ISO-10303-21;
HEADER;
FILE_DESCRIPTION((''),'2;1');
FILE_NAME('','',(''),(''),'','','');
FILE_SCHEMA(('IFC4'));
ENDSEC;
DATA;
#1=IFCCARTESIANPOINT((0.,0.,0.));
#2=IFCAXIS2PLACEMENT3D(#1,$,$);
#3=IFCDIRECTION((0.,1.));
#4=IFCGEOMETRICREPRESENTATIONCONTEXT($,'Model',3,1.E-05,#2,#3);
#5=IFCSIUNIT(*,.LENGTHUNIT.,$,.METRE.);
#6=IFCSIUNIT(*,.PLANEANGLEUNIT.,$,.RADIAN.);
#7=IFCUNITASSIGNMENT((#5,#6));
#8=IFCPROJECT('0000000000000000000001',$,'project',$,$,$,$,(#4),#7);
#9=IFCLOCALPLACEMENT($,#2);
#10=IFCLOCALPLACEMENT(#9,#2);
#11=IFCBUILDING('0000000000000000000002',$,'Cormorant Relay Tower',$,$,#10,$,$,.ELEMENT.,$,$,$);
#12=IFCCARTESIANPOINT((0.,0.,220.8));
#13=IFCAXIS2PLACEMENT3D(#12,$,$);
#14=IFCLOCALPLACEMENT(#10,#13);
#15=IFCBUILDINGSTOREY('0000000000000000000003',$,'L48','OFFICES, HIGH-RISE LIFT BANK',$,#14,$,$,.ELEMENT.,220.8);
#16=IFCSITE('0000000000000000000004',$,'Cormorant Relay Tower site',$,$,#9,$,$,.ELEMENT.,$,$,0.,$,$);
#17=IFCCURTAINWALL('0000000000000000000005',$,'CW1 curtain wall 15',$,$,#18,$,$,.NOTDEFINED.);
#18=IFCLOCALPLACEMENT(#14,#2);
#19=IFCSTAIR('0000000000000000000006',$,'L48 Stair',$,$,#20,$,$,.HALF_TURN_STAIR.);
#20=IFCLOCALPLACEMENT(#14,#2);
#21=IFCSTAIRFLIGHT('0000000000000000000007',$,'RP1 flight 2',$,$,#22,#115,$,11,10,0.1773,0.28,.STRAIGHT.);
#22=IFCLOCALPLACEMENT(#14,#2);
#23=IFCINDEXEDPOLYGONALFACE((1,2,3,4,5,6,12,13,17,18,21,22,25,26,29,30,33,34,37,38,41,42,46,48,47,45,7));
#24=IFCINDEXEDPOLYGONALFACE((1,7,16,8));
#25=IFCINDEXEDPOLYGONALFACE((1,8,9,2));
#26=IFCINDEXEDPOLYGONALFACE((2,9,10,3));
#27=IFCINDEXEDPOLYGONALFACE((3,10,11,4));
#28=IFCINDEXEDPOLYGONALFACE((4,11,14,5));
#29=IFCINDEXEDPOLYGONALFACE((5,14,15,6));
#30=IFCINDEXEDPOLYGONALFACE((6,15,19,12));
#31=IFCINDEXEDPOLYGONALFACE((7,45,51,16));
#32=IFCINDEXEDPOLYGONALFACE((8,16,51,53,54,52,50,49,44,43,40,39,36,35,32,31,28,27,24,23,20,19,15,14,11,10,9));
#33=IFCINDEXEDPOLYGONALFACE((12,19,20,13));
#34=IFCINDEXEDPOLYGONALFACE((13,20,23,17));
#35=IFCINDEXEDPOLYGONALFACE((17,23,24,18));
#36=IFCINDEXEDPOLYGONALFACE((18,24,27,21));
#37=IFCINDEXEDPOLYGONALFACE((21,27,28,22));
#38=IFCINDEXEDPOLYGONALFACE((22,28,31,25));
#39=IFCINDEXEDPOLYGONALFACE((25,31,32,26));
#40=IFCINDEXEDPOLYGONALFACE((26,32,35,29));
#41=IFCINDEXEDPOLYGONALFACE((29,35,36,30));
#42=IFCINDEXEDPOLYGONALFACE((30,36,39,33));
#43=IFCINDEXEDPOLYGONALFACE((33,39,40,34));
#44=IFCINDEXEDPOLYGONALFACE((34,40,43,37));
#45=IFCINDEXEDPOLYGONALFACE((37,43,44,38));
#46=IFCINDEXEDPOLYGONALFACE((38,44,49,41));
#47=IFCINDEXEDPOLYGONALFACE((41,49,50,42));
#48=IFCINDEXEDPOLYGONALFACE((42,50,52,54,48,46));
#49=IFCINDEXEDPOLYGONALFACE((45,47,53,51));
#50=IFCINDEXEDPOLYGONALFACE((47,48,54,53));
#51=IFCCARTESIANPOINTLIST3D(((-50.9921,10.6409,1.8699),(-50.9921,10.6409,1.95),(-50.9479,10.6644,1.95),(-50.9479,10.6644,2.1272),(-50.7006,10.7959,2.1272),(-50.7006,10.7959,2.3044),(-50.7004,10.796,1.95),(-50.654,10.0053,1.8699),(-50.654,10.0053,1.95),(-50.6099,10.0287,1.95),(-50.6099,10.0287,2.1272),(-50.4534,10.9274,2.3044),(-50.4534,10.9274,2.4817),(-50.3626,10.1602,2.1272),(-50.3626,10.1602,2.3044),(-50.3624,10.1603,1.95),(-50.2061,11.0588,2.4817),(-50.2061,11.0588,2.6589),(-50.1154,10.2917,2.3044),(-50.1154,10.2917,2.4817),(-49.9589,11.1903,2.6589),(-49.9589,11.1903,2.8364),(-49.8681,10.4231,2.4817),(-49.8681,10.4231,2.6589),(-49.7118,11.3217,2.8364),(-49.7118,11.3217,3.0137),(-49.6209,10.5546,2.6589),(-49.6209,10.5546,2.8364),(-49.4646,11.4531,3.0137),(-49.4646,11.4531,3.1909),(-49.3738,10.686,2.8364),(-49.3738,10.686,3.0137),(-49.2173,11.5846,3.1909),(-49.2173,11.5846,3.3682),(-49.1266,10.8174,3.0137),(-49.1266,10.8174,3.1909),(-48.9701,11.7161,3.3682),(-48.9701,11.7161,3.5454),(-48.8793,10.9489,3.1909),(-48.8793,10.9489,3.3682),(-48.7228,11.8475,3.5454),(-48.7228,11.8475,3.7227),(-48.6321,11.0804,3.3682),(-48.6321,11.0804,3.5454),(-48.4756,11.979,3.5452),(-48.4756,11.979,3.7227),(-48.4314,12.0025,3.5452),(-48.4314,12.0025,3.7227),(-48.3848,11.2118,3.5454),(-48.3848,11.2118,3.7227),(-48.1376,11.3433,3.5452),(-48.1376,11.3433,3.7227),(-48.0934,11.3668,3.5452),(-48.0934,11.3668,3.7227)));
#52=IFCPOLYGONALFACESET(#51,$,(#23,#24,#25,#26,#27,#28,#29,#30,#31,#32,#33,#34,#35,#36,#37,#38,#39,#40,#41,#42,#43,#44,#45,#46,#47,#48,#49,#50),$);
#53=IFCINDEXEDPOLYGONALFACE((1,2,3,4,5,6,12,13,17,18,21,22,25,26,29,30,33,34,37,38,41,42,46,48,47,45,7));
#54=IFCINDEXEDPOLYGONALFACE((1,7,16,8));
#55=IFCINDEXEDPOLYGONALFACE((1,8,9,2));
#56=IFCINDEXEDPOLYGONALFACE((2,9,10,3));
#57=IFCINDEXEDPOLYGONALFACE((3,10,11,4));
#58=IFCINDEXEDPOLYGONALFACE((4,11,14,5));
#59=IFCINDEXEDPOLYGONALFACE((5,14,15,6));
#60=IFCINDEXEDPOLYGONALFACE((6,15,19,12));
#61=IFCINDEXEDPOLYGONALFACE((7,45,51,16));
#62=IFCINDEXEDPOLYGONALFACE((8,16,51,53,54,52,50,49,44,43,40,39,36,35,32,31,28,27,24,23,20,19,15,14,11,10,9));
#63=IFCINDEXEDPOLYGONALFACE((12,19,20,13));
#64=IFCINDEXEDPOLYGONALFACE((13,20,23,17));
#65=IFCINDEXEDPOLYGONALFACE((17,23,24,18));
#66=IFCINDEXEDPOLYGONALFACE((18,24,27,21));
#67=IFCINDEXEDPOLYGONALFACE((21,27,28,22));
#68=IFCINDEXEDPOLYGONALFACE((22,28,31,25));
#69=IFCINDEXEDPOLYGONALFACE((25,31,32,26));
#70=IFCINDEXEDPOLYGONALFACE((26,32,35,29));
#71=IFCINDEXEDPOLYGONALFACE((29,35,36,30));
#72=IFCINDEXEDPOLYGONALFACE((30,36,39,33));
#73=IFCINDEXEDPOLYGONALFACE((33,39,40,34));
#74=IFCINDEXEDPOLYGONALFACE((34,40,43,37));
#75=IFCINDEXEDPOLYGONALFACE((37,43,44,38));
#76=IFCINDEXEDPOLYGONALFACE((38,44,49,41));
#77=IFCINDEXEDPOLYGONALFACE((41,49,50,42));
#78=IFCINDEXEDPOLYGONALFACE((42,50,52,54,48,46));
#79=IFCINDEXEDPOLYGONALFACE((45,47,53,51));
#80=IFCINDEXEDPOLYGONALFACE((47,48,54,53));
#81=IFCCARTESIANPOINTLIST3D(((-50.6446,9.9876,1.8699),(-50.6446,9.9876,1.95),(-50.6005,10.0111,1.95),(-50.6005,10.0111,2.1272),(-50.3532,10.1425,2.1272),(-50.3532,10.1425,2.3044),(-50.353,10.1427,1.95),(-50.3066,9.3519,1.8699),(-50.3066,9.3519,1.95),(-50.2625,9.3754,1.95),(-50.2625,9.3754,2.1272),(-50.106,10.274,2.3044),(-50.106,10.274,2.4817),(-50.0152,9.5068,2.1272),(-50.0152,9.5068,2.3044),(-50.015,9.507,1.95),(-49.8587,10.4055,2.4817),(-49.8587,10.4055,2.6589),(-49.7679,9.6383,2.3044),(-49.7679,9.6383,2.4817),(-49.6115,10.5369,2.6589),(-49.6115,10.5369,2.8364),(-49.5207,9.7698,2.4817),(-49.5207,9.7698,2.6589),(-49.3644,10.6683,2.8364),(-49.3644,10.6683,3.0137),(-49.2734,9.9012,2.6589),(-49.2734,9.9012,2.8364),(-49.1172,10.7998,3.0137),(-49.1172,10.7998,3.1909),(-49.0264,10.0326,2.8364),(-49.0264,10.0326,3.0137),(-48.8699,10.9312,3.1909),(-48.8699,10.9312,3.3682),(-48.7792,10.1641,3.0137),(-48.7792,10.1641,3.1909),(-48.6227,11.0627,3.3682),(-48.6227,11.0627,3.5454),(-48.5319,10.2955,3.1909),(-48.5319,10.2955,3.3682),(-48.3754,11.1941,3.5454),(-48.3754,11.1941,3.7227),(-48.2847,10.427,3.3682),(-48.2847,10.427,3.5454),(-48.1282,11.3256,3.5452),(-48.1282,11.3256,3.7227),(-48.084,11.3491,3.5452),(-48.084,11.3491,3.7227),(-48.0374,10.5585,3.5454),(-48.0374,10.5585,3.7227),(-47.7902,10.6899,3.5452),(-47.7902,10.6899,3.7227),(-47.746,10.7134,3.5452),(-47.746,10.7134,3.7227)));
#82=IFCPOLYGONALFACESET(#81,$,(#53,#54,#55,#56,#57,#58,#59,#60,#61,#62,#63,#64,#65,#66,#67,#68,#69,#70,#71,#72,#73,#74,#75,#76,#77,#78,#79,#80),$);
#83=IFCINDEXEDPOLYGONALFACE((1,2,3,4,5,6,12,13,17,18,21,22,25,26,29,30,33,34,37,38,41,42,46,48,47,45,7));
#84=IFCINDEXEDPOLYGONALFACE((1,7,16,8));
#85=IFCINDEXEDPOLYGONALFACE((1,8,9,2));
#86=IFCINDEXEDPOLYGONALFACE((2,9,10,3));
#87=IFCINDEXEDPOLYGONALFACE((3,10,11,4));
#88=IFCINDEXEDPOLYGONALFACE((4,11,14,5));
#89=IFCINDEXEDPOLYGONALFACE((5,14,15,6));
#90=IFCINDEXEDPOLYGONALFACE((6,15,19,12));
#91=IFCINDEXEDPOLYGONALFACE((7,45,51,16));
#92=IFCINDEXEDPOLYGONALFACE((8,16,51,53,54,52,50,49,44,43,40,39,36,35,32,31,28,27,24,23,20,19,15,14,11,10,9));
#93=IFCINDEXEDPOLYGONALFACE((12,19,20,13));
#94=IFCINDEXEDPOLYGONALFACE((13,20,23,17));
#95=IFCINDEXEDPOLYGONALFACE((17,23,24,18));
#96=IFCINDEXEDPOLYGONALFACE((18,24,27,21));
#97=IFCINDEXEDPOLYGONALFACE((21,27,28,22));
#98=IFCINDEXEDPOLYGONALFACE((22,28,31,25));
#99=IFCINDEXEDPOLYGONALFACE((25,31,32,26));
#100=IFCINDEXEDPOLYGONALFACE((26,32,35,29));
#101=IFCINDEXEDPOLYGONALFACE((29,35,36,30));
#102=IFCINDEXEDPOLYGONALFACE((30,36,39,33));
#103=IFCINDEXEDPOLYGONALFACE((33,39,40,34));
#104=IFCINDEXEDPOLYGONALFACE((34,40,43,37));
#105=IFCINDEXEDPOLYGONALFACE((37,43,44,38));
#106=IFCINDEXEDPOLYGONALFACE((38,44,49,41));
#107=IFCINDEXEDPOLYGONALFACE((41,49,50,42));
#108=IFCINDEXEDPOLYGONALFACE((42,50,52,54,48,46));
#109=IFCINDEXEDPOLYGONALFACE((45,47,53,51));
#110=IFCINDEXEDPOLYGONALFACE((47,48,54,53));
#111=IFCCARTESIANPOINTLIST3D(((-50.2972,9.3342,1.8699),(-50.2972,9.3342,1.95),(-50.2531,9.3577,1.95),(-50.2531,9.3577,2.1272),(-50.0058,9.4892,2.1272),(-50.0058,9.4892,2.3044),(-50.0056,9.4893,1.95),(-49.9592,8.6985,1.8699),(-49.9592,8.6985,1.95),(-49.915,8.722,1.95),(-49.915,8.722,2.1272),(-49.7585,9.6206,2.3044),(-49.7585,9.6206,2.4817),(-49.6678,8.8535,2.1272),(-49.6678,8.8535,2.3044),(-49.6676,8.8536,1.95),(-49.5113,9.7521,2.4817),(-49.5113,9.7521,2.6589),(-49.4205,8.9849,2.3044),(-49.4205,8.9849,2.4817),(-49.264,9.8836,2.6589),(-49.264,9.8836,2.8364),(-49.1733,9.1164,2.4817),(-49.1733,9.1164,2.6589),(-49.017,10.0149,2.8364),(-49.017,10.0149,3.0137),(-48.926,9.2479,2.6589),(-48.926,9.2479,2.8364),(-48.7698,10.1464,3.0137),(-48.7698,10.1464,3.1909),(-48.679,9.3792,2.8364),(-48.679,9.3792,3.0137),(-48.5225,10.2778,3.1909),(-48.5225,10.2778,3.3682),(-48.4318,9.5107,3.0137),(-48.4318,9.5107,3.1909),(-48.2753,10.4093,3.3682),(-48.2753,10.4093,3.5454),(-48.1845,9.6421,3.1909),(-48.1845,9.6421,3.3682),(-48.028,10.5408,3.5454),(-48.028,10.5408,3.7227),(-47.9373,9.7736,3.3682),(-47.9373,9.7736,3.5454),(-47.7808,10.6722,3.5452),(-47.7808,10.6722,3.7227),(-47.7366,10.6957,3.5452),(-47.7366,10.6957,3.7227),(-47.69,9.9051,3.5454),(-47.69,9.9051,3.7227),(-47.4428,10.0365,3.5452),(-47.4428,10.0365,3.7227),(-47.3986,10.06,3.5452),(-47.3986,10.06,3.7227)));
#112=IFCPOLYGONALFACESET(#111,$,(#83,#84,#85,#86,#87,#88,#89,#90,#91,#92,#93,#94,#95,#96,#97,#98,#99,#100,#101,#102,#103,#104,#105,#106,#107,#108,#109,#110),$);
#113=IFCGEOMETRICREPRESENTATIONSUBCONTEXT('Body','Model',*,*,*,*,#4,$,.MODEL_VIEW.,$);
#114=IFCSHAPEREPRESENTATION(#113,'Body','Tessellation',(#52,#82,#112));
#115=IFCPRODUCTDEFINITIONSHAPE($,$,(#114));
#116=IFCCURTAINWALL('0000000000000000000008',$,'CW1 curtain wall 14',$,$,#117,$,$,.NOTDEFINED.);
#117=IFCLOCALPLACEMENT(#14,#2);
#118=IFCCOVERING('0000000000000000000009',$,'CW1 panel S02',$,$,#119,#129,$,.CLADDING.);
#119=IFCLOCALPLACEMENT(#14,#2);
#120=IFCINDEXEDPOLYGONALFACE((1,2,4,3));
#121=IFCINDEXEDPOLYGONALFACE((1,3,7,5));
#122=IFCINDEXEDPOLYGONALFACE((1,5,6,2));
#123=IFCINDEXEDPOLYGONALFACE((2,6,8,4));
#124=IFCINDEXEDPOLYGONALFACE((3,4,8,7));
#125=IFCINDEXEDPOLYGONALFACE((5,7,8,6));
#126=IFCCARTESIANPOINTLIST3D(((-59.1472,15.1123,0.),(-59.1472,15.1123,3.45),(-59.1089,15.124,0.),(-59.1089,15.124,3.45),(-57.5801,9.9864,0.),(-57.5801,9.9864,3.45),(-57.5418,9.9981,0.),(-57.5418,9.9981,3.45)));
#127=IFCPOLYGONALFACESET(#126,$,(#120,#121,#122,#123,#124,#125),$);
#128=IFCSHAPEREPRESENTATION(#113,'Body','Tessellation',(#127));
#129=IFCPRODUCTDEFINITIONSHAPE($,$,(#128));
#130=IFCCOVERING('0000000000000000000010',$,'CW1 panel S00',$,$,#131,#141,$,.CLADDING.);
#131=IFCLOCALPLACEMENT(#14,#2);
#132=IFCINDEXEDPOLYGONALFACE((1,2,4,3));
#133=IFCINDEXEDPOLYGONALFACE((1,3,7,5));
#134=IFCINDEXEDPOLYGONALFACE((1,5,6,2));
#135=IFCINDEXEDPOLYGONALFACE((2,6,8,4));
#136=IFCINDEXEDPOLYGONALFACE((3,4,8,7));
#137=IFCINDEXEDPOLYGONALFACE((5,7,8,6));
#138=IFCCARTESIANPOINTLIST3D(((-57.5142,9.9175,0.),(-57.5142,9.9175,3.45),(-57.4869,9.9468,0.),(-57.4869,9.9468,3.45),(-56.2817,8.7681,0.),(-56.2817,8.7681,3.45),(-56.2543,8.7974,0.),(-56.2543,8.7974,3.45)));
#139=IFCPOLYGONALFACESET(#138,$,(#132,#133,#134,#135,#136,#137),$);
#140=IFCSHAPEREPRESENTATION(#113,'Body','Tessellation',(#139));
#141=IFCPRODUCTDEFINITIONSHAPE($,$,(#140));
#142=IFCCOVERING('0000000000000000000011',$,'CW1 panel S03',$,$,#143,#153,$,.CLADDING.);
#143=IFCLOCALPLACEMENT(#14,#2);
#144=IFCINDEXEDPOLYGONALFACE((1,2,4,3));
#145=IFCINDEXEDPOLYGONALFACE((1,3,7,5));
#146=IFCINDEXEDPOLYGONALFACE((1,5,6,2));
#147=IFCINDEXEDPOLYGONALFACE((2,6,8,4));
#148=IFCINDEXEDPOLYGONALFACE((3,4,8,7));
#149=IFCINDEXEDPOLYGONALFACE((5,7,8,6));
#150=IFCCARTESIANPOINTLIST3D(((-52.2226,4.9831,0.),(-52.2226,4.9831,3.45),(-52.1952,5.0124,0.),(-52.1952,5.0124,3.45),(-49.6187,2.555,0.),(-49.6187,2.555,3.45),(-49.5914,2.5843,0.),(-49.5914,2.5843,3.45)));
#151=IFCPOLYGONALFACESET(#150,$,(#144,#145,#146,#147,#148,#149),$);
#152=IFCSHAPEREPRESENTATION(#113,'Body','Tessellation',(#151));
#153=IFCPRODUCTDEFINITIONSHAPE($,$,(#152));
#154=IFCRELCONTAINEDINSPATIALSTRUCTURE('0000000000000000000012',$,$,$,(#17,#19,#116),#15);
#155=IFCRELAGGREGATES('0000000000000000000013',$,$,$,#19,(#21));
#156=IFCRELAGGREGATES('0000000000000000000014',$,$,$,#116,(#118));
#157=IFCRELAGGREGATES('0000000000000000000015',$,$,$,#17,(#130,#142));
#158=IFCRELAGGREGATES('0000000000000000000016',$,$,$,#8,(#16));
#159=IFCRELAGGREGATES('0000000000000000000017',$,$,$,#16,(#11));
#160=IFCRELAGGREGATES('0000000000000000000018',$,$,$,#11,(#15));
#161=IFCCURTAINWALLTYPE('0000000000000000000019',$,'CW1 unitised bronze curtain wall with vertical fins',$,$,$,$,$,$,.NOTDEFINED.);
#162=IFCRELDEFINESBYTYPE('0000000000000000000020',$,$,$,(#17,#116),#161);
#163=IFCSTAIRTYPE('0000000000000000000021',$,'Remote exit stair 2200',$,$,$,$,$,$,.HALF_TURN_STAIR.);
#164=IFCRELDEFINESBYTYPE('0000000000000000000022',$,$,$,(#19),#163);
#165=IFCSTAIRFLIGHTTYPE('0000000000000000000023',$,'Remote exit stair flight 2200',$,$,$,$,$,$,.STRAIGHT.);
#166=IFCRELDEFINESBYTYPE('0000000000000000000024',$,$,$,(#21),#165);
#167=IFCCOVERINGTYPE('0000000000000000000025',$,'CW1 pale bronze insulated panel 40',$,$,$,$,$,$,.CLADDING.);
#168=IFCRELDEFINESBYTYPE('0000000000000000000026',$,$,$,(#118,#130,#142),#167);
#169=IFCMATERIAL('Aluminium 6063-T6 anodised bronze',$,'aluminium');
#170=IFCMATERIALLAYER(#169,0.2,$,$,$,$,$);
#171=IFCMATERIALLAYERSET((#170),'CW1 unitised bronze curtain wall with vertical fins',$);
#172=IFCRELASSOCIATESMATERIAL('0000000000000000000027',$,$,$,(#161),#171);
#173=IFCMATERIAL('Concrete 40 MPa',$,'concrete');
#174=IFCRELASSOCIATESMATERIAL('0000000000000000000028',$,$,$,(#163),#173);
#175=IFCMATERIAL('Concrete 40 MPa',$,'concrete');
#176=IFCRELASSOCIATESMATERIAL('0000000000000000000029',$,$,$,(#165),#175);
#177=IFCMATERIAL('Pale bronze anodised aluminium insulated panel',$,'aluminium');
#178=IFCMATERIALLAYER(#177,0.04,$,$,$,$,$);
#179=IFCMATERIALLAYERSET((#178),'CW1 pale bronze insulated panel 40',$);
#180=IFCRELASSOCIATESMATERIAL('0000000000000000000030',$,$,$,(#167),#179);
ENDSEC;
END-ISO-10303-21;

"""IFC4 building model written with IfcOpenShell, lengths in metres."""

from ifc_helpers import new_model, si_unit, direction, frame, origin, origin_2d, place, context, subcontext, project, spatial, polyline, rectangle, outline, extrude, material, layer, layer_set, type_object, element, aggregate, save


model = new_model("IFC4")

# Units and contexts
model_context = context("Model", 3, precision=1e-05, world=origin(), true_north=direction((0.0, 1.0)))
body_context = subcontext(model_context, "Body", "Model", "MODEL_VIEW")
ifc_project = project(units=[si_unit("LENGTHUNIT", "METRE"), si_unit("PLANEANGLEUNIT", "RADIAN")], contexts=[model_context])

# Site, building, storey
site_placement = place(None, origin())
site = spatial("IfcSite", under=ifc_project, at=site_placement, Name="Cormorant Relay Tower site", CompositionType="ELEMENT", RefElevation=0.0)
building_placement = place(site_placement, origin())
building = spatial("IfcBuilding", under=site, at=building_placement, Name="Cormorant Relay Tower", CompositionType="ELEMENT")
storey_placement = place(building_placement, frame((0.0, 0.0, 220.8)))
storey = spatial("IfcBuildingStorey", under=building, at=storey_placement, Name="L48", Description="OFFICES, HIGH-RISE LIFT BANK", CompositionType="ELEMENT", Elevation=220.8)

# Curtain wall
ifc_material_1 = material(Name="Aluminium 6063-T6 anodised bronze", Category="aluminium")
ifc_layer_1 = layer(ifc_material_1, 0.2)
ifc_layer_set_1 = layer_set([ifc_layer_1], Name="CW1 unitised bronze curtain wall with vertical fins")
curtain_wall_type = type_object("IfcCurtainWallType", Name="CW1 unitised bronze curtain wall with vertical fins", PredefinedType="NOTDEFINED", material=ifc_layer_set_1)
curtain_wall_1_placement = place(storey_placement, origin())
curtain_wall_1 = element("IfcCurtainWall", 1, at=curtain_wall_1_placement, inside=storey, type_object=curtain_wall_type, Name="CW1 curtain wall 15", PredefinedType="NOTDEFINED")

# Stair, stair flight
ifc_material_2 = material(Name="Concrete 40 MPa", Category="concrete")
stair_type = type_object("IfcStairType", Name="Remote exit stair 2200", PredefinedType="HALF_TURN_STAIR", material=ifc_material_2)
stair_placement = place(storey_placement, origin())
stair = element("IfcStair", 2, at=stair_placement, inside=storey, type_object=stair_type, Name="L48 Stair", PredefinedType="HALF_TURN_STAIR")
ifc_material_3 = material(Name="Concrete 40 MPa", Category="concrete")
stair_flight_type = type_object("IfcStairFlightType", Name="Remote exit stair flight 2200", PredefinedType="STRAIGHT", material=ifc_material_3)
stair_flight_1_placement = place(storey_placement, frame((-50.4314, 9.6931, 1.95), z_axis=(0.0, 0.0, 1.0), x_axis=(0.882948, 0.469472, 0.0)))
stair_flight_1 = element("IfcStairFlight", 3, at=stair_flight_1_placement, type_object=stair_flight_type, Name="RP1 flight 2", NumberOfRisers=11, NumberOfTreads=10, PredefinedType="STRAIGHT", RiserHeight=0.1773, TreadLength=0.28, context=body_context, shape_type="SweptSolid", body=[
    extrude(outline(polyline([(-0.05, -0.0801), (-0.05, 0.0), (0.0, 0.0), (0.0, 0.1772), (0.28, 0.1772), (0.28, 0.3545), (0.5601, 0.3545), (0.5601, 0.5317), (0.8401, 0.5317), (0.8401, 0.709), (1.1201, 0.709), (1.1201, 0.8865), (1.3999, 0.8865), (1.3999, 1.0637), (1.6799, 1.0637), (1.6799, 1.241), (1.96, 1.241), (1.96, 1.4182), (2.24, 1.4182), (2.24, 1.5955), (2.52, 1.5955), (2.52, 1.7727), (2.8, 1.7727), (2.8501, 1.7727), (2.8501, 1.5952), (2.8, 1.5952), (0.2803, 0.0), (-0.05, -0.0801)])), frame((0.0, 1.1001, 0.0), z_axis=(0.0, -1.0, 0.0), x_axis=(1.0, 0.0, 0.0)), (0.0, 0.0, 1.0), 0.72),
    extrude(outline(polyline([(-0.05, -0.0801), (-0.05, 0.0), (0.0, 0.0), (0.0, 0.1772), (0.28, 0.1772), (0.28, 0.3545), (0.5601, 0.3545), (0.5601, 0.5317), (0.8401, 0.5317), (0.8401, 0.709), (1.1201, 0.709), (1.1201, 0.8865), (1.3999, 0.8865), (1.3999, 1.0637), (1.6799, 1.0637), (1.6799, 1.241), (1.96, 1.241), (1.96, 1.4182), (2.24, 1.4182), (2.24, 1.5955), (2.52, 1.5955), (2.52, 1.7727), (2.8, 1.7727), (2.8501, 1.7727), (2.8501, 1.5952), (2.8, 1.5952), (0.2803, 0.0), (-0.05, -0.0801)])), frame((0.0, 0.3601, 0.0), z_axis=(0.0, -1.0, 0.0), x_axis=(1.0, 0.0, 0.0)), (0.0, 0.0, 1.0), 0.72),
    extrude(outline(polyline([(-0.05, -0.0801), (-0.05, 0.0), (0.0, 0.0), (0.0, 0.1772), (0.28, 0.1772), (0.28, 0.3545), (0.5601, 0.3545), (0.5601, 0.5317), (0.8401, 0.5317), (0.8401, 0.709), (1.1201, 0.709), (1.1201, 0.8865), (1.3999, 0.8865), (1.3999, 1.0637), (1.6799, 1.0637), (1.6799, 1.241), (1.96, 1.241), (1.96, 1.4182), (2.24, 1.4182), (2.24, 1.5955), (2.52, 1.5955), (2.52, 1.7727), (2.8, 1.7727), (2.8501, 1.7727), (2.8501, 1.5952), (2.8, 1.5952), (0.2803, 0.0), (-0.05, -0.0801)])), frame((0.0, -0.3799, 0.0), z_axis=(0.0, -1.0, 0.0), x_axis=(1.0, 0.0, 0.0)), (0.0, 0.0, 1.0), 0.72),
])
aggregate(stair, [stair_flight_1])

# Curtain wall, covering
curtain_wall_2_placement = place(storey_placement, origin())
curtain_wall_2 = element("IfcCurtainWall", 4, at=curtain_wall_2_placement, inside=storey, type_object=curtain_wall_type, Name="CW1 curtain wall 14", PredefinedType="NOTDEFINED")
ifc_material_4 = material(Name="Pale bronze anodised aluminium insulated panel", Category="aluminium")
ifc_layer_2 = layer(ifc_material_4, 0.04)
ifc_layer_set_2 = layer_set([ifc_layer_2], Name="CW1 pale bronze insulated panel 40")
covering_type = type_object("IfcCoveringType", Name="CW1 pale bronze insulated panel 40", PredefinedType="CLADDING", material=ifc_layer_set_2)
covering_1_placement = place(storey_placement, frame((-58.3445, 12.5552, 0.0), z_axis=(0.0, 0.0, 1.0), x_axis=(0.292372, -0.956305, 0.0)))
covering_1 = element("IfcCovering", 5, at=covering_1_placement, type_object=covering_type, Name="CW1 panel S02", PredefinedType="CLADDING", context=body_context, shape_type="SweptSolid", body=[
    extrude(rectangle(XDim=5.3601, YDim=0.04, at=origin_2d()), origin(), (0.0, 0.0, 1.0), 3.45),
])
aggregate(curtain_wall_2, [covering_1])

# Coverings
covering_2_placement = place(storey_placement, frame((-56.8843, 9.3574, 0.0), z_axis=(0.0, 0.0, 1.0), x_axis=(0.731354, -0.681998, 0.0)))
covering_2 = element("IfcCovering", 6, at=covering_2_placement, type_object=covering_type, Name="CW1 panel S00", PredefinedType="CLADDING", context=body_context, shape_type="SweptSolid", body=[
    extrude(rectangle(XDim=1.6853, YDim=0.04, at=origin_2d()), origin(), (0.0, 0.0, 1.0), 3.45),
])
covering_3_placement = place(storey_placement, frame((-50.907, 3.7837, 0.0), z_axis=(0.0, 0.0, 1.0), x_axis=(0.731354, -0.681998, 0.0)))
covering_3 = element("IfcCovering", 7, at=covering_3_placement, type_object=covering_type, Name="CW1 panel S03", PredefinedType="CLADDING", context=body_context, shape_type="SweptSolid", body=[
    extrude(rectangle(XDim=3.5603, YDim=0.04, at=origin_2d()), origin(), (0.0, 0.0, 1.0), 3.45),
])
aggregate(curtain_wall_1, [covering_2, covering_3])

save(model, "model.ifc")
